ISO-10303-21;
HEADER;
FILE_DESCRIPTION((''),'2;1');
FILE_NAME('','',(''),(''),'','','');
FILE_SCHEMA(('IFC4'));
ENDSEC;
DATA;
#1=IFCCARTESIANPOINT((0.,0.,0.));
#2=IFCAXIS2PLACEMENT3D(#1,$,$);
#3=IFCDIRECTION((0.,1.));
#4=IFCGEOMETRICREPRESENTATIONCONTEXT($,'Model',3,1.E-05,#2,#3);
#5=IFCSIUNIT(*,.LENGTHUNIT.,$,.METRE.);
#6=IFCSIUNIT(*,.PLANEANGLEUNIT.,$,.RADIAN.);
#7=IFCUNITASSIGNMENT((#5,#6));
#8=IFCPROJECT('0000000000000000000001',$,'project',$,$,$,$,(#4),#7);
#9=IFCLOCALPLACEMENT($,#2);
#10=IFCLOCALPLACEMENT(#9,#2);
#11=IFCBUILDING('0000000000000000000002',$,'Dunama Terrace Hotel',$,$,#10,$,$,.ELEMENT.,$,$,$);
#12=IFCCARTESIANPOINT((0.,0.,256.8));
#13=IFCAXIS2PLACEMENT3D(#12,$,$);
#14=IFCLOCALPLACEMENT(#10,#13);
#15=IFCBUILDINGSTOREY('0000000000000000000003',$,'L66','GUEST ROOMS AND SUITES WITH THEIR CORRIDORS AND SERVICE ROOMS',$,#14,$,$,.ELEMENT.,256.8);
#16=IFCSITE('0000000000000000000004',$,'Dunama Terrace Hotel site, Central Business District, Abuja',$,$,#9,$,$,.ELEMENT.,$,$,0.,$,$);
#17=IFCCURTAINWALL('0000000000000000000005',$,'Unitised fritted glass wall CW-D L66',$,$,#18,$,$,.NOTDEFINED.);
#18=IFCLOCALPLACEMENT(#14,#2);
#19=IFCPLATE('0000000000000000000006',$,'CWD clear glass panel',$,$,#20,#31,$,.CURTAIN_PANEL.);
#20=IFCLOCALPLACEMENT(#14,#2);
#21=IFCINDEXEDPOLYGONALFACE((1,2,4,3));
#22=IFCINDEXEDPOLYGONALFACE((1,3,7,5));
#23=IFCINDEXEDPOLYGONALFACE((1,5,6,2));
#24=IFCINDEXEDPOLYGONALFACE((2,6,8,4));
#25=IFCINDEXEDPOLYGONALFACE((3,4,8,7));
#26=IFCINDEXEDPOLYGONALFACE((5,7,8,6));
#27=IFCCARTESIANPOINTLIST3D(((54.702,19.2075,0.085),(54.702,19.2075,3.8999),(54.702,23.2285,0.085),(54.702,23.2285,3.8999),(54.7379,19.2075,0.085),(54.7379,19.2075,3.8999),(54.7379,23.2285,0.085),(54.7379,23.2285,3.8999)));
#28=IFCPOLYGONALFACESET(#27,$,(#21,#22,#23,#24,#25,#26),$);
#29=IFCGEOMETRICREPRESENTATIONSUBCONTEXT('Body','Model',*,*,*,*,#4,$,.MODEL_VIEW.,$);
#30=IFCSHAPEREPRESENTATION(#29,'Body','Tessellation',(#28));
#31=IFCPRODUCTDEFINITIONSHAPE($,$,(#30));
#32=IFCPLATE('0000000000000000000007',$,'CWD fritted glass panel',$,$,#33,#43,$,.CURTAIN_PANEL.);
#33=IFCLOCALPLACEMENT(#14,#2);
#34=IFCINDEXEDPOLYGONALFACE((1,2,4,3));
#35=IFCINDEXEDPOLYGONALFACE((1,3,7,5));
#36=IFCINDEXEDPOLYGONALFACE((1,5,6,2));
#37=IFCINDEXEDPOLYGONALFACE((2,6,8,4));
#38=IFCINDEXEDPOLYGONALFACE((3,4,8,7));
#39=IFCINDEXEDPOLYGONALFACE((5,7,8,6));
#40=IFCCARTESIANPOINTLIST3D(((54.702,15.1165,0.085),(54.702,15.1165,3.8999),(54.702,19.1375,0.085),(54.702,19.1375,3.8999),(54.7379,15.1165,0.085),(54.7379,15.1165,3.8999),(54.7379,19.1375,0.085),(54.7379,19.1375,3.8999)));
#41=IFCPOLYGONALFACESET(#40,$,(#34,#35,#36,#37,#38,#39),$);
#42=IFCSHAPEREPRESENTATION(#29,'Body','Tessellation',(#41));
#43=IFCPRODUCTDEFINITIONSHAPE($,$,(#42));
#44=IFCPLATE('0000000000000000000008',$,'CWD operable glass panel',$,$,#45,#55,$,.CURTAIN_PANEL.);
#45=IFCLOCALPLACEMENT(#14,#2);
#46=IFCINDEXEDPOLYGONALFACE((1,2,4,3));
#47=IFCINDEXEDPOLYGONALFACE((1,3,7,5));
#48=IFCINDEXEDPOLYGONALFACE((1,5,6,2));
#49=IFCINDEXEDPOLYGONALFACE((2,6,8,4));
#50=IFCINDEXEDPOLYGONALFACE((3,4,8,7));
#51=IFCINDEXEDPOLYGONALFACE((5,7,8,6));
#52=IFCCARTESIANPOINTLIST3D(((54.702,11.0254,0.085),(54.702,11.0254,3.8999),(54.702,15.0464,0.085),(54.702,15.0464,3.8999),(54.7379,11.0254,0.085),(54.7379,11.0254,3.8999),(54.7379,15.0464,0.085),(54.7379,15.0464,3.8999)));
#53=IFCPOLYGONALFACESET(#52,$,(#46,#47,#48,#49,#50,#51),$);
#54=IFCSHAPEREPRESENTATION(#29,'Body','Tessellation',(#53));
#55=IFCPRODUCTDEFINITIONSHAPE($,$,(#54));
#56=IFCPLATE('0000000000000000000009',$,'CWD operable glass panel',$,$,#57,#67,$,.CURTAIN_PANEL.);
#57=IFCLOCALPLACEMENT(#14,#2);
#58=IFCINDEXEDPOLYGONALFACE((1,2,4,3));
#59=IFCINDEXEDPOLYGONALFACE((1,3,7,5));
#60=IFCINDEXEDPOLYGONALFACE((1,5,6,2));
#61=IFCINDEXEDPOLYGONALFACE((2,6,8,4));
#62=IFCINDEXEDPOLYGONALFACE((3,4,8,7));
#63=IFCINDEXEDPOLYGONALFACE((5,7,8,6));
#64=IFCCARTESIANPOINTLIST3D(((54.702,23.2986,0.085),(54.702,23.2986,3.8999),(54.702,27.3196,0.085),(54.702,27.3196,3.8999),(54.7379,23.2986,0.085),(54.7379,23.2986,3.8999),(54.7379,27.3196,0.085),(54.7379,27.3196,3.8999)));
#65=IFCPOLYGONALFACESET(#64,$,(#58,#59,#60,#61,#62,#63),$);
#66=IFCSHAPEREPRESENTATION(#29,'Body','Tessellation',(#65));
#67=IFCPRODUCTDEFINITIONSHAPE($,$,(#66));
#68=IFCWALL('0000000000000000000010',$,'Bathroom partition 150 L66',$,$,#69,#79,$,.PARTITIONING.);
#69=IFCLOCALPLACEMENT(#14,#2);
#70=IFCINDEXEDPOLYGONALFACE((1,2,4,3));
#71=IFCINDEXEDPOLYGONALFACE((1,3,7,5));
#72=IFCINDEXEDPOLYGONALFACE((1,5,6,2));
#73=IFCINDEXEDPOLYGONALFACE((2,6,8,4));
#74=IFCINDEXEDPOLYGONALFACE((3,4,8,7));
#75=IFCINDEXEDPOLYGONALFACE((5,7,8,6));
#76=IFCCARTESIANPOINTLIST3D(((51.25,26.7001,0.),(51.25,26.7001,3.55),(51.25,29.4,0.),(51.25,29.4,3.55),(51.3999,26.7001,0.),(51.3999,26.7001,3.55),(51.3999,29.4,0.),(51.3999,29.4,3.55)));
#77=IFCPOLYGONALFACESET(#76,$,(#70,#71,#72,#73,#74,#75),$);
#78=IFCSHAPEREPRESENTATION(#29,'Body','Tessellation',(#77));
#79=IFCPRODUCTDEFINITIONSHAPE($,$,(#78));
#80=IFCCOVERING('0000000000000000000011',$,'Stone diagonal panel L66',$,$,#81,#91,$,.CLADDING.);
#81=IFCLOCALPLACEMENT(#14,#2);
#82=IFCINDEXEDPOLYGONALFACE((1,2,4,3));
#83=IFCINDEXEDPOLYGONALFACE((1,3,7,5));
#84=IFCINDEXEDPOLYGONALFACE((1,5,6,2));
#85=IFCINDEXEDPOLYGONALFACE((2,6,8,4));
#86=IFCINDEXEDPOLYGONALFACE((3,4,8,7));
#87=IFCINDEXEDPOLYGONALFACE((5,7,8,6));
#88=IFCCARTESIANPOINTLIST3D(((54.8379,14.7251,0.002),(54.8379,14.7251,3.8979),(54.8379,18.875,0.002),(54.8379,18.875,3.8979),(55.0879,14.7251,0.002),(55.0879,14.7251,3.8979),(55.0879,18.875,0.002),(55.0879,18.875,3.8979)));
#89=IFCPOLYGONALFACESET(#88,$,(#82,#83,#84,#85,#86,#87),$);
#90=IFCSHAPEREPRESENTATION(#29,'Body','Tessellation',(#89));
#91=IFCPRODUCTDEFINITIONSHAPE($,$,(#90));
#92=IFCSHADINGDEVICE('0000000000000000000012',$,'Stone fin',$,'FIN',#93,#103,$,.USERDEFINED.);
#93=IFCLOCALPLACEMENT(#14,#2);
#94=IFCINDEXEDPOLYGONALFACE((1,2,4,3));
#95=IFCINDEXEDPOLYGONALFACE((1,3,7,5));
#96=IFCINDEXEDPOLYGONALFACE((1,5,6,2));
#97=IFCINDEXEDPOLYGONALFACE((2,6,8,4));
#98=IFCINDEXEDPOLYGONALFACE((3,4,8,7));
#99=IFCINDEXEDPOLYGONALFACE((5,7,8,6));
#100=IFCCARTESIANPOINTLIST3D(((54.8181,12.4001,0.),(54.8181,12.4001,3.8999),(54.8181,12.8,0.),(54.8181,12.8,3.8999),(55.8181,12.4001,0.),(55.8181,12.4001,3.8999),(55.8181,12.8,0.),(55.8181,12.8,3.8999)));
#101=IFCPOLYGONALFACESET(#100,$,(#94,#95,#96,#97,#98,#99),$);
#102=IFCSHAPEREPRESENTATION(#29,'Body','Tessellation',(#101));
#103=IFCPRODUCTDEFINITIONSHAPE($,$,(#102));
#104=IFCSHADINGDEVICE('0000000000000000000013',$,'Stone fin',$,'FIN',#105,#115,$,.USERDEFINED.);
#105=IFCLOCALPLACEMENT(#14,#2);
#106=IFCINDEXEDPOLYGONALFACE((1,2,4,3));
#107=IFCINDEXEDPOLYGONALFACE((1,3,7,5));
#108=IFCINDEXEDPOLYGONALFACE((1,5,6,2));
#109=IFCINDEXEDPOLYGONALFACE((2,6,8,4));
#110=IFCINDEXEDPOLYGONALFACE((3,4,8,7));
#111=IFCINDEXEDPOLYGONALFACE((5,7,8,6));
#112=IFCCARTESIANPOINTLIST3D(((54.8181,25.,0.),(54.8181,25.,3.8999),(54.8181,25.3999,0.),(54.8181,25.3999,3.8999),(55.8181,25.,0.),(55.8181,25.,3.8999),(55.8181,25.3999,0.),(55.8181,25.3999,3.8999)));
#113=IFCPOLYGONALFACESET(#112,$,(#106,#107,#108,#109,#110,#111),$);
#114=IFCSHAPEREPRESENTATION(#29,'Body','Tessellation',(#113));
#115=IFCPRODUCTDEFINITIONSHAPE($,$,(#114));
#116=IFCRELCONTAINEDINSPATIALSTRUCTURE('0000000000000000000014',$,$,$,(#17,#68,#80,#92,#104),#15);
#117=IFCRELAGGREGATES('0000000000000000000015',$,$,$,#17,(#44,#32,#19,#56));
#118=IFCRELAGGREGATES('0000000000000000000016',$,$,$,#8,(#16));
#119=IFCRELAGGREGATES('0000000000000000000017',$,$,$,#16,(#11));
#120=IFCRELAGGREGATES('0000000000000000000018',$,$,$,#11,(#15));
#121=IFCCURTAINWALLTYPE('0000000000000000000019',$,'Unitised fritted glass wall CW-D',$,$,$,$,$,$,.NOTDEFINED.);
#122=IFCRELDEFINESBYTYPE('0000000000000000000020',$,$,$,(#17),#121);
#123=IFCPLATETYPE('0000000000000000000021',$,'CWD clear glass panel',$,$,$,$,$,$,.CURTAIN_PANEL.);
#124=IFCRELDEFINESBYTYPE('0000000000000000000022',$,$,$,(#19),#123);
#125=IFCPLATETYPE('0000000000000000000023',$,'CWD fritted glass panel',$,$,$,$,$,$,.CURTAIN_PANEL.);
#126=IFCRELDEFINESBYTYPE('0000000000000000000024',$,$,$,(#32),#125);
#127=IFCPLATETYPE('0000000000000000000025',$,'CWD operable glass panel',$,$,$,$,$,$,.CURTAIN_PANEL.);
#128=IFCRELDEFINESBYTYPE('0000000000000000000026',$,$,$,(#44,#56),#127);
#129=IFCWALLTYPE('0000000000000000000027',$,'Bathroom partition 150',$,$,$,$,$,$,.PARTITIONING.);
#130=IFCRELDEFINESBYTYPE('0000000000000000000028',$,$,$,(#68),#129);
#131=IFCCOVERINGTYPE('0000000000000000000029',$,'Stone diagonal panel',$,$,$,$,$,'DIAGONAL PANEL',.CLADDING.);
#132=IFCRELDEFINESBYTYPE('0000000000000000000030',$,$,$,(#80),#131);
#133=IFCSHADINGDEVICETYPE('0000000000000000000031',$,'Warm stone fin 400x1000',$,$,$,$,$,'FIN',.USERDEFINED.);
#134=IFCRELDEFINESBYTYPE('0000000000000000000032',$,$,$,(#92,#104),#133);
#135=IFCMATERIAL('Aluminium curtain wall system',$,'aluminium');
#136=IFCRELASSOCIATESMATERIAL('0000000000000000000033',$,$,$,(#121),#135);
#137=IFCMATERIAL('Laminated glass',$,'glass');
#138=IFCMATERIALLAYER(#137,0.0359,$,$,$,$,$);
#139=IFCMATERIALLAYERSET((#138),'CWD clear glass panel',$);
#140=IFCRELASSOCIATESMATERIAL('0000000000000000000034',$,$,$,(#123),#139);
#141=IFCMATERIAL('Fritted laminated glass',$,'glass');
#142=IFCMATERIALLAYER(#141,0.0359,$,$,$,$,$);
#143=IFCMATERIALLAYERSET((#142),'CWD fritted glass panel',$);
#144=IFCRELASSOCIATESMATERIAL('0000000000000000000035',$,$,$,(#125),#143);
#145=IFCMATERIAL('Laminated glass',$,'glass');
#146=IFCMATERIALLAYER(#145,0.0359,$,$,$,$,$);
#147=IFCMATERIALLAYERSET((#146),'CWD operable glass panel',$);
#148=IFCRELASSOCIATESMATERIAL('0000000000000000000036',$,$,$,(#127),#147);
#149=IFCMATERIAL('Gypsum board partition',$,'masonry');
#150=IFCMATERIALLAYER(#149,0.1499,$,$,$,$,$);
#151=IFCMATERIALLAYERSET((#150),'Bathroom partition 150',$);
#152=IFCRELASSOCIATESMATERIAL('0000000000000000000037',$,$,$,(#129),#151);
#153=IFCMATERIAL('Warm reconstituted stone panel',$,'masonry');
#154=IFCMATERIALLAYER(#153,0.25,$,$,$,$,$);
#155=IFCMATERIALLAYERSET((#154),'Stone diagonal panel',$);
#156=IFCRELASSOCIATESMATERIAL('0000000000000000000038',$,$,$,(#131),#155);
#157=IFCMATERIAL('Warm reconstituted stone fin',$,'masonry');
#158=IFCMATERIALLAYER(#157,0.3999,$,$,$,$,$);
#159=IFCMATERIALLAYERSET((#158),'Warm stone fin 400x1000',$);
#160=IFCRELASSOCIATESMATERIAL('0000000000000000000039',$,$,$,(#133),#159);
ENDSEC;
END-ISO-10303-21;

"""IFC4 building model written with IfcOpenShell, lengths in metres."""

from ifc_helpers import new_model, si_unit, direction, frame, frame_2d, origin, origin_2d, place, context, subcontext, project, spatial, rectangle, extrude, material, layer, layer_set, type_object, element, aggregate, save


model = new_model("IFC4")

# Units and contexts
model_context = context("Model", 3, precision=1e-05, world=origin(), true_north=direction((0.0, 1.0)))
body_context = subcontext(model_context, "Body", "Model", "MODEL_VIEW")
ifc_project = project(units=[si_unit("LENGTHUNIT", "METRE"), si_unit("PLANEANGLEUNIT", "RADIAN")], contexts=[model_context])

# Site, building, storey
site_placement = place(None, origin())
site = spatial("IfcSite", under=ifc_project, at=site_placement, Name="Dunama Terrace Hotel site, Central Business District, Abuja", CompositionType="ELEMENT", RefElevation=0.0)
building_placement = place(site_placement, origin())
building = spatial("IfcBuilding", under=site, at=building_placement, Name="Dunama Terrace Hotel", CompositionType="ELEMENT")
storey_placement = place(building_placement, frame((0.0, 0.0, 256.8)))
storey = spatial("IfcBuildingStorey", under=building, at=storey_placement, Name="L66", Description="GUEST ROOMS AND SUITES WITH THEIR CORRIDORS AND SERVICE ROOMS", CompositionType="ELEMENT", Elevation=256.8)

# Curtain wall
ifc_material_1 = material(Name="Aluminium curtain wall system", Category="aluminium")
curtain_wall_type = type_object("IfcCurtainWallType", Name="Unitised fritted glass wall CW-D", PredefinedType="NOTDEFINED", material=ifc_material_1)
curtain_wall_placement = place(storey_placement, origin())
curtain_wall = element("IfcCurtainWall", 1, at=curtain_wall_placement, inside=storey, type_object=curtain_wall_type, Name="Unitised fritted glass wall CW-D L66", PredefinedType="NOTDEFINED")

# Plates
ifc_material_2 = material(Name="Laminated glass", Category="glass")
ifc_layer_1 = layer(ifc_material_2, 0.0359)
ifc_layer_set_1 = layer_set([ifc_layer_1], Name="CWD clear glass panel")
plate_type_1 = type_object("IfcPlateType", Name="CWD clear glass panel", PredefinedType="CURTAIN_PANEL", material=ifc_layer_set_1)
plate_1_placement = place(storey_placement, frame((54.72, 21.218, 0.085), z_axis=(0.0, 0.0, 1.0), x_axis=(0.0, 1.0, 0.0)))
plate_1 = element("IfcPlate", 2, at=plate_1_placement, type_object=plate_type_1, Name="CWD clear glass panel", PredefinedType="CURTAIN_PANEL", context=body_context, shape_type="SweptSolid", body=[
    extrude(rectangle(XDim=4.021, YDim=0.0359, at=origin_2d()), origin(), (0.0, 0.0, 1.0), 3.8149),
])
ifc_material_3 = material(Name="Fritted laminated glass", Category="glass")
ifc_layer_2 = layer(ifc_material_3, 0.0359)
ifc_layer_set_2 = layer_set([ifc_layer_2], Name="CWD fritted glass panel")
plate_type_2 = type_object("IfcPlateType", Name="CWD fritted glass panel", PredefinedType="CURTAIN_PANEL", material=ifc_layer_set_2)
plate_2_placement = place(storey_placement, frame((54.72, 17.127, 0.085), z_axis=(0.0, 0.0, 1.0), x_axis=(0.0, 1.0, 0.0)))
plate_2 = element("IfcPlate", 3, at=plate_2_placement, type_object=plate_type_2, Name="CWD fritted glass panel", PredefinedType="CURTAIN_PANEL", context=body_context, shape_type="SweptSolid", body=[
    extrude(rectangle(XDim=4.021, YDim=0.0359, at=origin_2d()), origin(), (0.0, 0.0, 1.0), 3.8149),
])
ifc_material_4 = material(Name="Laminated glass", Category="glass")
ifc_layer_3 = layer(ifc_material_4, 0.0359)
ifc_layer_set_3 = layer_set([ifc_layer_3], Name="CWD operable glass panel")
plate_type_3 = type_object("IfcPlateType", Name="CWD operable glass panel", PredefinedType="CURTAIN_PANEL", material=ifc_layer_set_3)
plate_3_placement = place(storey_placement, frame((54.72, 13.0359, 0.085), z_axis=(0.0, 0.0, 1.0), x_axis=(0.0, 1.0, 0.0)))
plate_3 = element("IfcPlate", 4, at=plate_3_placement, type_object=plate_type_3, Name="CWD operable glass panel", PredefinedType="CURTAIN_PANEL", context=body_context, shape_type="SweptSolid", body=[
    extrude(rectangle(XDim=4.021, YDim=0.0359, at=origin_2d()), origin(), (0.0, 0.0, 1.0), 3.8149),
])
plate_4_placement = place(storey_placement, frame((54.72, 25.3091, 0.085), z_axis=(0.0, 0.0, 1.0), x_axis=(0.0, 1.0, 0.0)))
plate_4 = element("IfcPlate", 5, at=plate_4_placement, type_object=plate_type_3, Name="CWD operable glass panel", PredefinedType="CURTAIN_PANEL", context=body_context, shape_type="SweptSolid", body=[
    extrude(rectangle(XDim=4.021, YDim=0.0359, at=origin_2d()), origin(), (0.0, 0.0, 1.0), 3.8149),
])
aggregate(curtain_wall, [plate_3, plate_2, plate_1, plate_4])

# Wall
ifc_material_5 = material(Name="Gypsum board partition", Category="masonry")
ifc_layer_4 = layer(ifc_material_5, 0.1499)
ifc_layer_set_4 = layer_set([ifc_layer_4], Name="Bathroom partition 150")
wall_type = type_object("IfcWallType", Name="Bathroom partition 150", PredefinedType="PARTITIONING", material=ifc_layer_set_4)
wall_placement = place(storey_placement, frame((51.325, 26.7, 0.0), z_axis=(0.0, 0.0, 1.0), x_axis=(0.0, 1.0, 0.0)))
element("IfcWall", 6, at=wall_placement, inside=storey, type_object=wall_type, Name="Bathroom partition 150 L66", PredefinedType="PARTITIONING", context=body_context, shape_type="SweptSolid", body=[
    extrude(rectangle(XDim=2.7, YDim=0.1499, at=frame_2d((1.3501, 0.0))), origin(), (0.0, 0.0, 1.0), 3.55),
])

# Covering
ifc_material_6 = material(Name="Warm reconstituted stone panel", Category="masonry")
ifc_layer_5 = layer(ifc_material_6, 0.25)
ifc_layer_set_5 = layer_set([ifc_layer_5], Name="Stone diagonal panel")
covering_type = type_object("IfcCoveringType", Name="Stone diagonal panel", ElementType="DIAGONAL PANEL", PredefinedType="CLADDING", material=ifc_layer_set_5)
covering_placement = place(storey_placement, frame((54.9629, 16.8, 0.002), z_axis=(0.0, 0.0, 1.0), x_axis=(0.0, 1.0, 0.0)))
element("IfcCovering", 7, at=covering_placement, inside=storey, type_object=covering_type, Name="Stone diagonal panel L66", PredefinedType="CLADDING", context=body_context, shape_type="SweptSolid", body=[
    extrude(rectangle(XDim=4.1499, YDim=0.25, at=origin_2d()), origin(), (0.0, 0.0, 1.0), 3.896),
])

# Shading devices
ifc_material_7 = material(Name="Warm reconstituted stone fin", Category="masonry")
ifc_layer_6 = layer(ifc_material_7, 0.3999)
ifc_layer_set_6 = layer_set([ifc_layer_6], Name="Warm stone fin 400x1000")
shading_device_type = type_object("IfcShadingDeviceType", Name="Warm stone fin 400x1000", ElementType="FIN", PredefinedType="USERDEFINED", material=ifc_layer_set_6)
for number, where, z_axis, x_axis, name in (
    (8, (55.3181, 12.6001, 0.0), (0.0, 0.0, 1.0), (0.0, 1.0, 0.0), "Stone fin"),
    (9, (55.3181, 25.2, 0.0), (0.0, 0.0, 1.0), (0.0, 1.0, 0.0), "Stone fin"),
):
    element("IfcShadingDevice", number, at=place(storey_placement, frame(where, z_axis=z_axis, x_axis=x_axis)), inside=storey, type_object=shading_device_type, Name=name, ObjectType="FIN", PredefinedType="USERDEFINED", context=body_context, shape_type="SweptSolid", body=[
        extrude(rectangle(XDim=0.3999, YDim=1.0, at=origin_2d()), origin(), (0.0, 0.0, 1.0), 3.8999),
    ])

save(model, "model.ifc")
